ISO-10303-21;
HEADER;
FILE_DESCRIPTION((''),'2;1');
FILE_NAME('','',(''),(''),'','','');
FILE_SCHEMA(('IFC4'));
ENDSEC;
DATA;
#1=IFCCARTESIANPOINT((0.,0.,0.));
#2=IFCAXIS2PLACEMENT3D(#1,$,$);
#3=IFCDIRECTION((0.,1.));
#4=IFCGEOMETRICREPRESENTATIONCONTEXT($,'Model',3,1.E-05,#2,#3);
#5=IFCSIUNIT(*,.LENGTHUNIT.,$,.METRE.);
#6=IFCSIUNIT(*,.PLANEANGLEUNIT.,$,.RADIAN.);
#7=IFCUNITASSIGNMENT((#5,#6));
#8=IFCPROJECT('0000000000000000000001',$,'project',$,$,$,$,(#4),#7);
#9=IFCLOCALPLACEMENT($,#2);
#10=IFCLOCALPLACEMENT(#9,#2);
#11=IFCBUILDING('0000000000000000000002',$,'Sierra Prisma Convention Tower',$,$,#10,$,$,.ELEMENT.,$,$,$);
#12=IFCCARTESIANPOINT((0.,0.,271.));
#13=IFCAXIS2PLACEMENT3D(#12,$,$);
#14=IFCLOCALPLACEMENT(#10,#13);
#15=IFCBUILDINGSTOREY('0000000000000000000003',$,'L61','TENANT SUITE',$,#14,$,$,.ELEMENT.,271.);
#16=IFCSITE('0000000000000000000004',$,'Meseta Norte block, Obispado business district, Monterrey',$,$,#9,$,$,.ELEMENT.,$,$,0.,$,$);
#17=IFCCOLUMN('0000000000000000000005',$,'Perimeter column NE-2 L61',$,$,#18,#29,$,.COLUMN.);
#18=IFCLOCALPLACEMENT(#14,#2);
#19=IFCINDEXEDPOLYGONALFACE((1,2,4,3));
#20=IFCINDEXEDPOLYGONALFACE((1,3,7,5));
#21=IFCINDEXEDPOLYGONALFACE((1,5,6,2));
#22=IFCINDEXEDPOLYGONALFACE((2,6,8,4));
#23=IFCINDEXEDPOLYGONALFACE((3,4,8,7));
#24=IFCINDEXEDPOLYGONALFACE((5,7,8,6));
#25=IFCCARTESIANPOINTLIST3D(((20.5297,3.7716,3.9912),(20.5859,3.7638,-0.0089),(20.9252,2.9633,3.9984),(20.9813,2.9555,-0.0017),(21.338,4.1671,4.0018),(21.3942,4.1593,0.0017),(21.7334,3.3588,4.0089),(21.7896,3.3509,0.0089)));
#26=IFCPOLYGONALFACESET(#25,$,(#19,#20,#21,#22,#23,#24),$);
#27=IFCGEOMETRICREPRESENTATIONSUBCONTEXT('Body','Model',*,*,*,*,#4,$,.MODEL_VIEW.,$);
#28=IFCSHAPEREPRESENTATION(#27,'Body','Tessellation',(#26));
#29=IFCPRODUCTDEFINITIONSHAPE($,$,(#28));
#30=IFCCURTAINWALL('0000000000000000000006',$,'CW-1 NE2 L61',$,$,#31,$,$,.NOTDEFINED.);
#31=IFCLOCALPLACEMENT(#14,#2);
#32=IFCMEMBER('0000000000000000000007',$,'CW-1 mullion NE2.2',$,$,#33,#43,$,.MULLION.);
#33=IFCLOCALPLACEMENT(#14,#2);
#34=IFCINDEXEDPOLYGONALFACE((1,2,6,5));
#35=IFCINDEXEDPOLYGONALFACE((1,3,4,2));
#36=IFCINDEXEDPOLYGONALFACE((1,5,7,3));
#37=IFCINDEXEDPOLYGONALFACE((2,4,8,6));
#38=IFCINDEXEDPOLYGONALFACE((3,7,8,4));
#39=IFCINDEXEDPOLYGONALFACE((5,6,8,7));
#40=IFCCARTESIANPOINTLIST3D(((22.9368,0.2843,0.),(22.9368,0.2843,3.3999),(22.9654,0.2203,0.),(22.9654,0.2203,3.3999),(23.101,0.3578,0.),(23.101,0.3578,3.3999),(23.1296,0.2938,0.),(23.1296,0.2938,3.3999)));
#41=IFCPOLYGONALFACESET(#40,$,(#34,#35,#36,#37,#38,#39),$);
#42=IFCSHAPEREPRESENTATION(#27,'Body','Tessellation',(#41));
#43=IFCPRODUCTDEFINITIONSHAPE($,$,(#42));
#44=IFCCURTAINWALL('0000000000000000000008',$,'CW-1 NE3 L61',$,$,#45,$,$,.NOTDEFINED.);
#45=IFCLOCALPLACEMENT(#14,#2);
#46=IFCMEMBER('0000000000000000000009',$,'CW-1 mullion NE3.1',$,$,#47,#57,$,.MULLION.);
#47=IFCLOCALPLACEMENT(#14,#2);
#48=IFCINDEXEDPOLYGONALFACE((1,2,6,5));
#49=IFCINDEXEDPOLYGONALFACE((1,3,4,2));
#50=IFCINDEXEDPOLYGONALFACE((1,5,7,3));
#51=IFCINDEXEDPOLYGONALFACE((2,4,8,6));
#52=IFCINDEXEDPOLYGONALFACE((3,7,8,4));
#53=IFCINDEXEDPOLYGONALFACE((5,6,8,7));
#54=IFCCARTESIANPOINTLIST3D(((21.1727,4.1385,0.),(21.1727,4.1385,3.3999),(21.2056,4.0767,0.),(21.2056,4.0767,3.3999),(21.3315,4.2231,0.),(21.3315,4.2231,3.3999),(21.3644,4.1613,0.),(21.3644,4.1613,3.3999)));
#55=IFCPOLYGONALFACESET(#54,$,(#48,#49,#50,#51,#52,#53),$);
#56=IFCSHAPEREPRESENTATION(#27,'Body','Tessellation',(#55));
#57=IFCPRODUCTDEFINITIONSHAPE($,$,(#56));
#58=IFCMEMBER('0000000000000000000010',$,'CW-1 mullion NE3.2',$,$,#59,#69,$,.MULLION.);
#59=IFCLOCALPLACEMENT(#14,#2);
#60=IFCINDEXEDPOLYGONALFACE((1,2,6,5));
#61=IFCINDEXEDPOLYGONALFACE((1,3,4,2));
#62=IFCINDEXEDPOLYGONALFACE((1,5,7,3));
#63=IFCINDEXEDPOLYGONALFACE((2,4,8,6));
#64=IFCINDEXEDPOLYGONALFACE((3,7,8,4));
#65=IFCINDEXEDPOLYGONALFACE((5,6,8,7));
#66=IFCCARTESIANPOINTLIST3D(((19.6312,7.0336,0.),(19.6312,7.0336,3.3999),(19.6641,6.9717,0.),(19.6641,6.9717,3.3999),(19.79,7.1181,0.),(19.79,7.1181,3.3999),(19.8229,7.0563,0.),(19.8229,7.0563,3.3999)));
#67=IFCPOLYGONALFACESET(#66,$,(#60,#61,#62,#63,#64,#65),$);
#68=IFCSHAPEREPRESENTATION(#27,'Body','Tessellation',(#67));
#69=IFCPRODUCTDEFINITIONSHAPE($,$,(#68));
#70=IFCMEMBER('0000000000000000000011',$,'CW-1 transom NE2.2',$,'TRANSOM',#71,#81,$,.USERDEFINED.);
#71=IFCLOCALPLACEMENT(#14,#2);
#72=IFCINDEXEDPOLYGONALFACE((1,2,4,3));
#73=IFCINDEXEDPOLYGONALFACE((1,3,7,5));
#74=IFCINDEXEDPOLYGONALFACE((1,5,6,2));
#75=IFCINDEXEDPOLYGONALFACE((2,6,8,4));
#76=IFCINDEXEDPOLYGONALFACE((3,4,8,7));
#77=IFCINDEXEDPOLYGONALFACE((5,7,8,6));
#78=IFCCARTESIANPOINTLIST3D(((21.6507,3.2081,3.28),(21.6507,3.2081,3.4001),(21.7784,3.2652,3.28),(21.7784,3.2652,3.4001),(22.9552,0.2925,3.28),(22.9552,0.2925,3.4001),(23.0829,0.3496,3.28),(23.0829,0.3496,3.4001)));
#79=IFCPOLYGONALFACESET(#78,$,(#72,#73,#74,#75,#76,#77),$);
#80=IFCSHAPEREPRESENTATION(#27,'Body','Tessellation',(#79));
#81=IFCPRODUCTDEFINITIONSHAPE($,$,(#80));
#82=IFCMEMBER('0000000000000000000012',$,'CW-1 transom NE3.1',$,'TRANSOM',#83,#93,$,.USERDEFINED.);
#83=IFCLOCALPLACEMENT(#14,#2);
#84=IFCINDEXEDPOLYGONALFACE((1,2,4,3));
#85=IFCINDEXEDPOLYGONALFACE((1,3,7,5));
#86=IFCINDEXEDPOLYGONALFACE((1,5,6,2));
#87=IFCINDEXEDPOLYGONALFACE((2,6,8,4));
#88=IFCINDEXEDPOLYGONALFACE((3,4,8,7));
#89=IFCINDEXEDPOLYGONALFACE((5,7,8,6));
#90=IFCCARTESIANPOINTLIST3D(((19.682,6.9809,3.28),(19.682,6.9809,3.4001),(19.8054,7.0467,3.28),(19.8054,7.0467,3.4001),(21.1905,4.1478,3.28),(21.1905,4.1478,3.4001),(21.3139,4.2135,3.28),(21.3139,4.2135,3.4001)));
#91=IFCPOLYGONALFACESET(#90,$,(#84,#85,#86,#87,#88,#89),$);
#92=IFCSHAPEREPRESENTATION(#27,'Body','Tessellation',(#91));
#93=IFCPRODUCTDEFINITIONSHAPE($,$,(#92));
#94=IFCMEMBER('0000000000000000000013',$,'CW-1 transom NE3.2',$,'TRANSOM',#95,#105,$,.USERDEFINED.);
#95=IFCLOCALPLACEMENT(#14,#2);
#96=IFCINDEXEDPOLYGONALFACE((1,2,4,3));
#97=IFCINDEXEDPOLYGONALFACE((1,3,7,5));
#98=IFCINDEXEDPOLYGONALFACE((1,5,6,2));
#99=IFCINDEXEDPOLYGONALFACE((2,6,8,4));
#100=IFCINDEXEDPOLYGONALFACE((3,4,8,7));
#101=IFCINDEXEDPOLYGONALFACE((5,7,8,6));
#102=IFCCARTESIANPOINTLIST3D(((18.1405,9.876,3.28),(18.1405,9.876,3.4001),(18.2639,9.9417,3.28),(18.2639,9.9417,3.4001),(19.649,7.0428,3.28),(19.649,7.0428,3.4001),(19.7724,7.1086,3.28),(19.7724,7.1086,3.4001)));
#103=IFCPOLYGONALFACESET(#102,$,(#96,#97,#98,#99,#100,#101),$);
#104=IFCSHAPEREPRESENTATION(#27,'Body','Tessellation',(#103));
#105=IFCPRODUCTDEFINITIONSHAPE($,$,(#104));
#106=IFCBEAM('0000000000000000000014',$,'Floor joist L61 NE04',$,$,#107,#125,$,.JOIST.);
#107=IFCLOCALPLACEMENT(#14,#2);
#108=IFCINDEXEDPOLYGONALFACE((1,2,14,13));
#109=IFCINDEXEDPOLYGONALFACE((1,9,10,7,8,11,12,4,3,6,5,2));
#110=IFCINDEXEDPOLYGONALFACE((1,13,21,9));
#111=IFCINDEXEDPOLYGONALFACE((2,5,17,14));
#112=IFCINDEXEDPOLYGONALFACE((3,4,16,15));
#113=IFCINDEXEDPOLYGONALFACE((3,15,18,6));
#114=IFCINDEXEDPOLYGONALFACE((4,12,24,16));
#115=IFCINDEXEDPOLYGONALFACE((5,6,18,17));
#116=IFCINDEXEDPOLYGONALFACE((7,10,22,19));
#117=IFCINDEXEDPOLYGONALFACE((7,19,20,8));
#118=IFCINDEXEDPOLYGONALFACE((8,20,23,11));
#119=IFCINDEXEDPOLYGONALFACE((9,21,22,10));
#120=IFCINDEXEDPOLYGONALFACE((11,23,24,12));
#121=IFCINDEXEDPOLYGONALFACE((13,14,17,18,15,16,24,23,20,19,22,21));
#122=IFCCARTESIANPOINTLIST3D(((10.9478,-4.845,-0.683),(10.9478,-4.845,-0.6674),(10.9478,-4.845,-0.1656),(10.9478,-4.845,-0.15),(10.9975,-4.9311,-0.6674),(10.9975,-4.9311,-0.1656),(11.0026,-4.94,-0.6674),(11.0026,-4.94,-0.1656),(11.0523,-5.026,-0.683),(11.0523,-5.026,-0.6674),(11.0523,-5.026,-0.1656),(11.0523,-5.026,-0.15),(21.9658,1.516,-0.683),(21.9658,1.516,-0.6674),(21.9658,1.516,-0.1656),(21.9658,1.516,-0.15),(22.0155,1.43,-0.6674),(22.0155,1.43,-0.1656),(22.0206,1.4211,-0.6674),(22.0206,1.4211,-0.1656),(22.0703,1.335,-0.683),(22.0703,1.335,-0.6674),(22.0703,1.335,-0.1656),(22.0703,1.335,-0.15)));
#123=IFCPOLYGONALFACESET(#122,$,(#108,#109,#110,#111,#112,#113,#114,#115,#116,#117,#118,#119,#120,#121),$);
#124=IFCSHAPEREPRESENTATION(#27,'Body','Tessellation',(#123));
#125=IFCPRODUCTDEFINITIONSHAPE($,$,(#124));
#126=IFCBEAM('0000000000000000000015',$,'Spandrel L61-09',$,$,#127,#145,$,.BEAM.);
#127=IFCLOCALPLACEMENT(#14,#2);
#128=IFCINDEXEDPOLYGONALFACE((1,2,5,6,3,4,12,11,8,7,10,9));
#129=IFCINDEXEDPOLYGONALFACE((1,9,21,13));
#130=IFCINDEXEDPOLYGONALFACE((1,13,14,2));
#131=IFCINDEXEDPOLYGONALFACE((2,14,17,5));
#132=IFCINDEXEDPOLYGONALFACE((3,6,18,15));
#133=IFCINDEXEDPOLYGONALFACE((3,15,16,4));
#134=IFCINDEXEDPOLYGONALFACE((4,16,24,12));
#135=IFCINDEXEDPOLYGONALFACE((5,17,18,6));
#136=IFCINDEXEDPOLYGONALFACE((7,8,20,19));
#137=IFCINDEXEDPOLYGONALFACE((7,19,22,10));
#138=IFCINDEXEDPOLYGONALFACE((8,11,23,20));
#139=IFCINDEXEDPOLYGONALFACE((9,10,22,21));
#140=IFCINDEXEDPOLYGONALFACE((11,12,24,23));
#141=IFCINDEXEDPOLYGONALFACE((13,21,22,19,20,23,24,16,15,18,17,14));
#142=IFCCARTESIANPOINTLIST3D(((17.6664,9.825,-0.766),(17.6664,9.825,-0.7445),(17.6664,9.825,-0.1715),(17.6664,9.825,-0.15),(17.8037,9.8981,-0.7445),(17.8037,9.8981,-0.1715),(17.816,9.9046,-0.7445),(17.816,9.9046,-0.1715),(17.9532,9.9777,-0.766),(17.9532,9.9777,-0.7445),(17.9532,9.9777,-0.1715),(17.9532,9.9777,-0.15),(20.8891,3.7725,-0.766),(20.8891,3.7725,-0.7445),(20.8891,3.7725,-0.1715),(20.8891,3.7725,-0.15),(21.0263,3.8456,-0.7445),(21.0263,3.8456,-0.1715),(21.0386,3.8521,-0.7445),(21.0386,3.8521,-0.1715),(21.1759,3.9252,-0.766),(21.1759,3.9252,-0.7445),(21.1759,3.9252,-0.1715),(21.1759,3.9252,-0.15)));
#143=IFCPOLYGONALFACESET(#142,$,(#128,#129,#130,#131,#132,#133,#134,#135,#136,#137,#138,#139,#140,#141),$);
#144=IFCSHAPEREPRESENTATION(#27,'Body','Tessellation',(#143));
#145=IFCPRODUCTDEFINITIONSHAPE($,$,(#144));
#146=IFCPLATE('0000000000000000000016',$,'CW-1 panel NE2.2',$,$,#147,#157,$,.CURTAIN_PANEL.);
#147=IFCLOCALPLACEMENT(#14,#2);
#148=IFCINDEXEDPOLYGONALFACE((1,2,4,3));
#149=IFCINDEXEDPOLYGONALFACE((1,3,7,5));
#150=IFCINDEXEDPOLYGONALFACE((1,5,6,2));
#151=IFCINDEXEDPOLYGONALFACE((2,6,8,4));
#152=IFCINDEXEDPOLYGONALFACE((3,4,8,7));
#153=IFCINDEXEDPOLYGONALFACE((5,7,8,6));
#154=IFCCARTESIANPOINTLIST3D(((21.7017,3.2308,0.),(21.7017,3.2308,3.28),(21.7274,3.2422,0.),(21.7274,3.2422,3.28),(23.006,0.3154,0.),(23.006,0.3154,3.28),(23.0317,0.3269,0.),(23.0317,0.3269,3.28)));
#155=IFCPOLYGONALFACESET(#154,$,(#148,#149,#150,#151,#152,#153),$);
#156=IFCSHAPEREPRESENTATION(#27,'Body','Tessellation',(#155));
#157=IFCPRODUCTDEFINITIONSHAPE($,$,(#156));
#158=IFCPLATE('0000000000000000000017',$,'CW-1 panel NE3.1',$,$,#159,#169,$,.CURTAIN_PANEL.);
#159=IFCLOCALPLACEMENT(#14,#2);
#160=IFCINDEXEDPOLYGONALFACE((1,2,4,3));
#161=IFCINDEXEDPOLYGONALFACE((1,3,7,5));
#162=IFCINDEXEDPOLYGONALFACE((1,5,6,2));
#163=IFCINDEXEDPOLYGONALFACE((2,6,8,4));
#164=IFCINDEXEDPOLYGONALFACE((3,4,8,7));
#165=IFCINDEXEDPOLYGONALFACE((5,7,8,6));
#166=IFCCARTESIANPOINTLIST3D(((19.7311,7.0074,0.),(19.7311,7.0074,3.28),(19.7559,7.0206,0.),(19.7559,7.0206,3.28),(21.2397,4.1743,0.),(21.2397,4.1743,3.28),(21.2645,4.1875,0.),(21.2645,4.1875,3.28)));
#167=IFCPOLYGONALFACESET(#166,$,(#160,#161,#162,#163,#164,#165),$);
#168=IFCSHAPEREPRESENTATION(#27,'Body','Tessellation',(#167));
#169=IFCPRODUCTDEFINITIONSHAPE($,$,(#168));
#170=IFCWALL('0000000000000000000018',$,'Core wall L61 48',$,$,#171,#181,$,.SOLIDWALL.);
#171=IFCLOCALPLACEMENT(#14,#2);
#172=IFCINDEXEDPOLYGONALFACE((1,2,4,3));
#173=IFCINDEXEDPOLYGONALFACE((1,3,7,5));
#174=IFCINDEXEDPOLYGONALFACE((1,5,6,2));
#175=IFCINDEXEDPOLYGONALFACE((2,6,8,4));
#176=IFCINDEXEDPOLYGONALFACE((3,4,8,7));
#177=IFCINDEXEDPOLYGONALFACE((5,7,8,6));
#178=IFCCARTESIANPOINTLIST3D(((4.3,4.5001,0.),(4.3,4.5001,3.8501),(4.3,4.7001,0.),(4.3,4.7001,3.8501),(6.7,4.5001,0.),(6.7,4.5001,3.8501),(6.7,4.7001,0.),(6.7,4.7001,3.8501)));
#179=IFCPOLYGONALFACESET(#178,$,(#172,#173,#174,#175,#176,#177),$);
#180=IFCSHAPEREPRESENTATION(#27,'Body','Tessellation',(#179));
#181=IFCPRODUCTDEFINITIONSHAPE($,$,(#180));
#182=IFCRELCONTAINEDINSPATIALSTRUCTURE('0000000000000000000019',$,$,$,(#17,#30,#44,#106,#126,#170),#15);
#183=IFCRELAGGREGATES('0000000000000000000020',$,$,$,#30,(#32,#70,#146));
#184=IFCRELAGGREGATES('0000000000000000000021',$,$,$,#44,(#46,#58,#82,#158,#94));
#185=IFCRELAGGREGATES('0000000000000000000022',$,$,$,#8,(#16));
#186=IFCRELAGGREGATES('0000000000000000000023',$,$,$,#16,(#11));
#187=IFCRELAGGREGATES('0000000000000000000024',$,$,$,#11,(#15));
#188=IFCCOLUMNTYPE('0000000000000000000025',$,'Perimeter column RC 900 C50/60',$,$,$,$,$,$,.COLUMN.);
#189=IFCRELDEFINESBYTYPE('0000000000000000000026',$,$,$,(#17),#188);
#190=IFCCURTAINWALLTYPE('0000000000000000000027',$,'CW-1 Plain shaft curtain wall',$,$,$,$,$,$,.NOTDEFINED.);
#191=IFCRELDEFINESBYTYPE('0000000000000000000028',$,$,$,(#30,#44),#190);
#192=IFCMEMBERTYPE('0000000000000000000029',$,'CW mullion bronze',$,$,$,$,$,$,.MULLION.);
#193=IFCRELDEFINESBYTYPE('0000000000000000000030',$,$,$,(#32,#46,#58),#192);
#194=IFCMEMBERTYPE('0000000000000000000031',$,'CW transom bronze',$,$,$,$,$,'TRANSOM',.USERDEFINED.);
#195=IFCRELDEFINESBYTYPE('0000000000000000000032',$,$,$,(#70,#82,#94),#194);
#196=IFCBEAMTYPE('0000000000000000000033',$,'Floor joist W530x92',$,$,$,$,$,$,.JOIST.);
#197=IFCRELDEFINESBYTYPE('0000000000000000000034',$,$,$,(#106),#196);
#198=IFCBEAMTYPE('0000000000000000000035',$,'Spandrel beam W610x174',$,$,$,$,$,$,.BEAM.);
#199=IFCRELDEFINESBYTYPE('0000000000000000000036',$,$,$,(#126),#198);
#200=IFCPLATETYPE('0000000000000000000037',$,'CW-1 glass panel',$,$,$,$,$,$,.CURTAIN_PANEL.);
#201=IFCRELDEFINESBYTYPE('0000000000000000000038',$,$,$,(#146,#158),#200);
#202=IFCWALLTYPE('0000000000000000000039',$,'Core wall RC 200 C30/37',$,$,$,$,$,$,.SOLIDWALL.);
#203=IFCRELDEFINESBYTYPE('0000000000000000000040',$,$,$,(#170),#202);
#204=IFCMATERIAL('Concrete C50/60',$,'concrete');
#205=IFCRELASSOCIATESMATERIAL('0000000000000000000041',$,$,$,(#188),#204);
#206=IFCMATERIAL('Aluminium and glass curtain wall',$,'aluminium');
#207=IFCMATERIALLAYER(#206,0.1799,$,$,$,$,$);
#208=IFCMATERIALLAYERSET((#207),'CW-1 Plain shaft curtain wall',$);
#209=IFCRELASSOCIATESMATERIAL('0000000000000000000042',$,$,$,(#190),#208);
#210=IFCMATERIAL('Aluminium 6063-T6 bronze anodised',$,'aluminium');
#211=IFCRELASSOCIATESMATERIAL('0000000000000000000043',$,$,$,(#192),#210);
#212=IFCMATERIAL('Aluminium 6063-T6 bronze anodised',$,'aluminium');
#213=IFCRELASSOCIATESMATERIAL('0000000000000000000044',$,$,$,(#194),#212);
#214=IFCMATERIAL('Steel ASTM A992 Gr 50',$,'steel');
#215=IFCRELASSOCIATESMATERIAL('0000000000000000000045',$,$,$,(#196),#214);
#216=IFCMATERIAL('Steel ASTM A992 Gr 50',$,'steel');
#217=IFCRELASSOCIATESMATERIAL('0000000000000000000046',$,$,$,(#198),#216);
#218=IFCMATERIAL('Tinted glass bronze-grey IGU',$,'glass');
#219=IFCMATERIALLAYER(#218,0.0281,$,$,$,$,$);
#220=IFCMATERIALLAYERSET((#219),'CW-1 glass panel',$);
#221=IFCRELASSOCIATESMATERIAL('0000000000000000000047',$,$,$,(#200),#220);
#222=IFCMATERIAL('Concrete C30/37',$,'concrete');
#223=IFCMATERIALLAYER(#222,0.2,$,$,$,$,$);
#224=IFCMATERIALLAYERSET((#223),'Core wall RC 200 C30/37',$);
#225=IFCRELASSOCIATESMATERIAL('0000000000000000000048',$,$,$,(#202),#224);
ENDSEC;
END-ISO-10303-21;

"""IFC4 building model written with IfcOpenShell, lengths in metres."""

from ifc_helpers import new_model, si_unit, direction, frame, frame_2d, origin, origin_2d, place, context, subcontext, project, spatial, rectangle, i_section, extrude, material, layer, layer_set, material_profile, profile_set, type_object, element, aggregate, save


model = new_model("IFC4")

# Units and contexts
model_context = context("Model", 3, precision=1e-05, world=origin(), true_north=direction((0.0, 1.0)))
body_context = subcontext(model_context, "Body", "Model", "MODEL_VIEW")
ifc_project = project(units=[si_unit("LENGTHUNIT", "METRE"), si_unit("PLANEANGLEUNIT", "RADIAN")], contexts=[model_context])

# Site, building, storey
site_placement = place(None, origin())
site = spatial("IfcSite", under=ifc_project, at=site_placement, Name="Meseta Norte block, Obispado business district, Monterrey", CompositionType="ELEMENT", RefElevation=0.0)
building_placement = place(site_placement, origin())
building = spatial("IfcBuilding", under=site, at=building_placement, Name="Sierra Prisma Convention Tower", CompositionType="ELEMENT")
storey_placement = place(building_placement, frame((0.0, 0.0, 271.0)))
storey = spatial("IfcBuildingStorey", under=building, at=storey_placement, Name="L61", Description="TENANT SUITE", CompositionType="ELEMENT", Elevation=271.0)

# Column
ifc_material_1 = material(Name="Concrete C50/60", Category="concrete")
ifc_material_profile_1 = material_profile(ifc_material_1, rectangle(XDim=0.8999, YDim=0.8999, at=origin_2d()), Name="Perimeter column RC 900 C50/60")
ifc_profile_set_1 = profile_set([ifc_material_profile_1], Name="Concrete C50/60")
column_type = type_object("IfcColumnType", Name="Perimeter column RC 900 C50/60", PredefinedType="COLUMN", material=ifc_profile_set_1)
column_placement = place(storey_placement, frame((21.1877, 3.5574, 0.0), z_axis=(-0.014037, 0.001953, 0.9999), x_axis=(-0.43941, 0.898252, -0.007923)))
element("IfcColumn", 1, at=column_placement, inside=storey, type_object=column_type, Name="Perimeter column NE-2 L61", PredefinedType="COLUMN", context=body_context, shape_type="SweptSolid", body=[
    extrude(rectangle(XDim=0.8999, YDim=0.8999, at=origin_2d()), origin(), (0.0, 0.0, 1.0), 4.0005),
])

# Curtain wall, member
ifc_material_2 = material(Name="Aluminium and glass curtain wall", Category="aluminium")
ifc_layer_1 = layer(ifc_material_2, 0.1799)
ifc_layer_set_1 = layer_set([ifc_layer_1], Name="CW-1 Plain shaft curtain wall")
curtain_wall_type = type_object("IfcCurtainWallType", Name="CW-1 Plain shaft curtain wall", PredefinedType="NOTDEFINED", material=ifc_layer_set_1)
curtain_wall_1_placement = place(storey_placement, origin())
curtain_wall_1 = element("IfcCurtainWall", 2, at=curtain_wall_1_placement, inside=storey, type_object=curtain_wall_type, Name="CW-1 NE2 L61", PredefinedType="NOTDEFINED")
ifc_material_3 = material(Name="Aluminium 6063-T6 bronze anodised", Category="aluminium")
ifc_material_profile_2 = material_profile(ifc_material_3, rectangle(XDim=0.1799, YDim=0.0701, at=origin_2d()), Name="ALU MULLION 70x180")
ifc_profile_set_2 = profile_set([ifc_material_profile_2], Name="Aluminium 6063-T6 bronze anodised")
member_type_1 = type_object("IfcMemberType", Name="CW mullion bronze", PredefinedType="MULLION", material=ifc_profile_set_2)
member_1_placement = place(storey_placement, frame((23.0332, 0.2891, 0.0), z_axis=(0.0, 0.0, 1.0), x_axis=(-0.912809, -0.408386, 0.0)))
member_1 = element("IfcMember", 3, at=member_1_placement, type_object=member_type_1, Name="CW-1 mullion NE2.2", PredefinedType="MULLION", context=body_context, shape_type="SweptSolid", body=[
    extrude(rectangle(XDim=0.1799, YDim=0.0701, at=origin_2d()), origin(), (0.0, 0.0, 1.0), 3.3999),
])

# Curtain wall, members
curtain_wall_2_placement = place(storey_placement, origin())
curtain_wall_2 = element("IfcCurtainWall", 4, at=curtain_wall_2_placement, inside=storey, type_object=curtain_wall_type, Name="CW-1 NE3 L61", PredefinedType="NOTDEFINED")
member_2_placement = place(storey_placement, frame((21.2686, 4.1499, 0.0), z_axis=(0.0, 0.0, 1.0), x_axis=(-0.882665, -0.470003, 0.0)))
member_2 = element("IfcMember", 5, at=member_2_placement, type_object=member_type_1, Name="CW-1 mullion NE3.1", PredefinedType="MULLION", context=body_context, shape_type="SweptSolid", body=[
    extrude(rectangle(XDim=0.1799, YDim=0.0701, at=origin_2d()), origin(), (0.0, 0.0, 1.0), 3.3999),
])
member_3_placement = place(storey_placement, frame((19.7271, 7.0449, 0.0), z_axis=(0.0, 0.0, 1.0), x_axis=(-0.882665, -0.470003, 0.0)))
member_3 = element("IfcMember", 6, at=member_3_placement, type_object=member_type_1, Name="CW-1 mullion NE3.2", PredefinedType="MULLION", context=body_context, shape_type="SweptSolid", body=[
    extrude(rectangle(XDim=0.1799, YDim=0.0701, at=origin_2d()), origin(), (0.0, 0.0, 1.0), 3.3999),
])

# Members
ifc_material_4 = material(Name="Aluminium 6063-T6 bronze anodised", Category="aluminium")
ifc_material_profile_3 = material_profile(ifc_material_4, rectangle(XDim=0.1399, YDim=0.1201, at=origin_2d()), Name="ALU TRANSOM 120x140")
ifc_profile_set_3 = profile_set([ifc_material_profile_3], Name="Aluminium 6063-T6 bronze anodised")
member_type_2 = type_object("IfcMemberType", Name="CW transom bronze", ElementType="TRANSOM", PredefinedType="USERDEFINED", material=ifc_profile_set_3)
member_4_placement = place(storey_placement, frame((23.019, 0.321, 3.3401), z_axis=(-0.4084, 0.912803, 0.0), x_axis=(-0.912803, -0.4084, 0.0)))
member_4 = element("IfcMember", 7, at=member_4_placement, type_object=member_type_2, Name="CW-1 transom NE2.2", ObjectType="TRANSOM", PredefinedType="USERDEFINED", context=body_context, shape_type="SweptSolid", body=[
    extrude(rectangle(XDim=0.1399, YDim=0.1201, at=origin_2d()), origin(), (0.0, 0.0, 1.0), 3.1941),
])
member_5_placement = place(storey_placement, frame((21.2522, 4.1807, 3.3401), z_axis=(-0.469976, 0.882679, 0.0), x_axis=(-0.882679, -0.469976, 0.0)))
member_5 = element("IfcMember", 8, at=member_5_placement, type_object=member_type_2, Name="CW-1 transom NE3.1", ObjectType="TRANSOM", PredefinedType="USERDEFINED", context=body_context, shape_type="SweptSolid", body=[
    extrude(rectangle(XDim=0.1399, YDim=0.1201, at=origin_2d()), origin(), (0.0, 0.0, 1.0), 3.2097),
])
member_6_placement = place(storey_placement, frame((19.7107, 7.0757, 3.3401), z_axis=(-0.469976, 0.882679, 0.0), x_axis=(-0.882679, -0.469976, 0.0)))
member_6 = element("IfcMember", 9, at=member_6_placement, type_object=member_type_2, Name="CW-1 transom NE3.2", ObjectType="TRANSOM", PredefinedType="USERDEFINED", context=body_context, shape_type="SweptSolid", body=[
    extrude(rectangle(XDim=0.1399, YDim=0.1201, at=origin_2d()), origin(), (0.0, 0.0, 1.0), 3.2097),
])

# Beams
ifc_material_5 = material(Name="Steel ASTM A992 Gr 50", Category="steel")
ifc_material_profile_4 = material_profile(ifc_material_5, i_section(OverallWidth=0.209, OverallDepth=0.533, WebThickness=0.0103, FlangeThickness=0.0156, at=origin_2d()), Name="W530x92")
ifc_profile_set_4 = profile_set([ifc_material_profile_4], Name="Steel ASTM A992 Gr 50")
beam_type_1 = type_object("IfcBeamType", Name="Floor joist W530x92", PredefinedType="JOIST", material=ifc_profile_set_4)
beam_1_placement = place(storey_placement, frame((22.0181, 1.4255, -0.4165), z_axis=(-0.866032, -0.499988, 0.0), x_axis=(0.499988, -0.866032, 0.0)))
element("IfcBeam", 10, at=beam_1_placement, inside=storey, type_object=beam_type_1, Name="Floor joist L61 NE04", PredefinedType="JOIST", context=body_context, shape_type="SweptSolid", body=[
    extrude(i_section(OverallWidth=0.209, OverallDepth=0.533, WebThickness=0.0103, FlangeThickness=0.0156, at=origin_2d()), origin(), (0.0, 0.0, 1.0), 12.7224),
])
ifc_material_6 = material(Name="Steel ASTM A992 Gr 50", Category="steel")
ifc_material_profile_5 = material_profile(ifc_material_6, i_section(OverallWidth=0.325, OverallDepth=0.616, WebThickness=0.0139, FlangeThickness=0.0215, at=origin_2d()), Name="W610x174")
ifc_profile_set_5 = profile_set([ifc_material_profile_5], Name="Steel ASTM A992 Gr 50")
beam_type_2 = type_object("IfcBeamType", Name="Spandrel beam W610x174", PredefinedType="BEAM", material=ifc_profile_set_5)
beam_2_placement = place(storey_placement, frame((21.0325, 3.8489, -0.458), z_axis=(-0.469982, 0.882676, 0.0), x_axis=(-0.882676, -0.469982, 0.0)))
element("IfcBeam", 11, at=beam_2_placement, inside=storey, type_object=beam_type_2, Name="Spandrel L61-09", PredefinedType="BEAM", context=body_context, shape_type="SweptSolid", body=[
    extrude(i_section(OverallWidth=0.325, OverallDepth=0.616, WebThickness=0.0139, FlangeThickness=0.0215, at=origin_2d()), origin(), (0.0, 0.0, 1.0), 6.8569),
])

# Plates
ifc_material_7 = material(Name="Tinted glass bronze-grey IGU", Category="glass")
ifc_layer_2 = layer(ifc_material_7, 0.0281)
ifc_layer_set_2 = layer_set([ifc_layer_2], Name="CW-1 glass panel")
plate_type = type_object("IfcPlateType", Name="CW-1 glass panel", PredefinedType="CURTAIN_PANEL", material=ifc_layer_set_2)
plate_1_placement = place(storey_placement, frame((22.3667, 1.7788, 0.0), z_axis=(0.0, 0.0, 1.0), x_axis=(-0.408386, 0.912809, 0.0)))
plate_1 = element("IfcPlate", 12, at=plate_1_placement, type_object=plate_type, Name="CW-1 panel NE2.2", PredefinedType="CURTAIN_PANEL", context=body_context, shape_type="SweptSolid", body=[
    extrude(rectangle(XDim=3.1938, YDim=0.0281, at=origin_2d()), origin(), (0.0, 0.0, 1.0), 3.28),
])
aggregate(curtain_wall_1, [member_1, member_4, plate_1])
plate_2_placement = place(storey_placement, frame((20.4978, 5.5974, 0.0), z_axis=(0.0, 0.0, 1.0), x_axis=(-0.470003, 0.882665, 0.0)))
plate_2 = element("IfcPlate", 13, at=plate_2_placement, type_object=plate_type, Name="CW-1 panel NE3.1", PredefinedType="CURTAIN_PANEL", context=body_context, shape_type="SweptSolid", body=[
    extrude(rectangle(XDim=3.2097, YDim=0.0281, at=origin_2d()), origin(), (0.0, 0.0, 1.0), 3.28),
])
aggregate(curtain_wall_2, [member_2, member_3, member_5, plate_2, member_6])

# Wall
ifc_material_8 = material(Name="Concrete C30/37", Category="concrete")
ifc_layer_3 = layer(ifc_material_8, 0.2)
ifc_layer_set_3 = layer_set([ifc_layer_3], Name="Core wall RC 200 C30/37")
wall_type_1 = type_object("IfcWallType", Name="Core wall RC 200 C30/37", PredefinedType="SOLIDWALL", material=ifc_layer_set_3)
wall_1_placement = place(storey_placement, frame((6.7, 4.6001, 0.0), z_axis=(0.0, 0.0, 1.0), x_axis=(-1.0, 0.0, 0.0)))
element("IfcWall", 14, at=wall_1_placement, inside=storey, type_object=wall_type_1, Name="Core wall L61 48", PredefinedType="SOLIDWALL", context=body_context, shape_type="SweptSolid", body=[
    extrude(rectangle(XDim=2.3999, YDim=0.2, at=frame_2d((1.2, 0.0))), origin(), (0.0, 0.0, 1.0), 3.8501),
])

save(model, "model.ifc")
